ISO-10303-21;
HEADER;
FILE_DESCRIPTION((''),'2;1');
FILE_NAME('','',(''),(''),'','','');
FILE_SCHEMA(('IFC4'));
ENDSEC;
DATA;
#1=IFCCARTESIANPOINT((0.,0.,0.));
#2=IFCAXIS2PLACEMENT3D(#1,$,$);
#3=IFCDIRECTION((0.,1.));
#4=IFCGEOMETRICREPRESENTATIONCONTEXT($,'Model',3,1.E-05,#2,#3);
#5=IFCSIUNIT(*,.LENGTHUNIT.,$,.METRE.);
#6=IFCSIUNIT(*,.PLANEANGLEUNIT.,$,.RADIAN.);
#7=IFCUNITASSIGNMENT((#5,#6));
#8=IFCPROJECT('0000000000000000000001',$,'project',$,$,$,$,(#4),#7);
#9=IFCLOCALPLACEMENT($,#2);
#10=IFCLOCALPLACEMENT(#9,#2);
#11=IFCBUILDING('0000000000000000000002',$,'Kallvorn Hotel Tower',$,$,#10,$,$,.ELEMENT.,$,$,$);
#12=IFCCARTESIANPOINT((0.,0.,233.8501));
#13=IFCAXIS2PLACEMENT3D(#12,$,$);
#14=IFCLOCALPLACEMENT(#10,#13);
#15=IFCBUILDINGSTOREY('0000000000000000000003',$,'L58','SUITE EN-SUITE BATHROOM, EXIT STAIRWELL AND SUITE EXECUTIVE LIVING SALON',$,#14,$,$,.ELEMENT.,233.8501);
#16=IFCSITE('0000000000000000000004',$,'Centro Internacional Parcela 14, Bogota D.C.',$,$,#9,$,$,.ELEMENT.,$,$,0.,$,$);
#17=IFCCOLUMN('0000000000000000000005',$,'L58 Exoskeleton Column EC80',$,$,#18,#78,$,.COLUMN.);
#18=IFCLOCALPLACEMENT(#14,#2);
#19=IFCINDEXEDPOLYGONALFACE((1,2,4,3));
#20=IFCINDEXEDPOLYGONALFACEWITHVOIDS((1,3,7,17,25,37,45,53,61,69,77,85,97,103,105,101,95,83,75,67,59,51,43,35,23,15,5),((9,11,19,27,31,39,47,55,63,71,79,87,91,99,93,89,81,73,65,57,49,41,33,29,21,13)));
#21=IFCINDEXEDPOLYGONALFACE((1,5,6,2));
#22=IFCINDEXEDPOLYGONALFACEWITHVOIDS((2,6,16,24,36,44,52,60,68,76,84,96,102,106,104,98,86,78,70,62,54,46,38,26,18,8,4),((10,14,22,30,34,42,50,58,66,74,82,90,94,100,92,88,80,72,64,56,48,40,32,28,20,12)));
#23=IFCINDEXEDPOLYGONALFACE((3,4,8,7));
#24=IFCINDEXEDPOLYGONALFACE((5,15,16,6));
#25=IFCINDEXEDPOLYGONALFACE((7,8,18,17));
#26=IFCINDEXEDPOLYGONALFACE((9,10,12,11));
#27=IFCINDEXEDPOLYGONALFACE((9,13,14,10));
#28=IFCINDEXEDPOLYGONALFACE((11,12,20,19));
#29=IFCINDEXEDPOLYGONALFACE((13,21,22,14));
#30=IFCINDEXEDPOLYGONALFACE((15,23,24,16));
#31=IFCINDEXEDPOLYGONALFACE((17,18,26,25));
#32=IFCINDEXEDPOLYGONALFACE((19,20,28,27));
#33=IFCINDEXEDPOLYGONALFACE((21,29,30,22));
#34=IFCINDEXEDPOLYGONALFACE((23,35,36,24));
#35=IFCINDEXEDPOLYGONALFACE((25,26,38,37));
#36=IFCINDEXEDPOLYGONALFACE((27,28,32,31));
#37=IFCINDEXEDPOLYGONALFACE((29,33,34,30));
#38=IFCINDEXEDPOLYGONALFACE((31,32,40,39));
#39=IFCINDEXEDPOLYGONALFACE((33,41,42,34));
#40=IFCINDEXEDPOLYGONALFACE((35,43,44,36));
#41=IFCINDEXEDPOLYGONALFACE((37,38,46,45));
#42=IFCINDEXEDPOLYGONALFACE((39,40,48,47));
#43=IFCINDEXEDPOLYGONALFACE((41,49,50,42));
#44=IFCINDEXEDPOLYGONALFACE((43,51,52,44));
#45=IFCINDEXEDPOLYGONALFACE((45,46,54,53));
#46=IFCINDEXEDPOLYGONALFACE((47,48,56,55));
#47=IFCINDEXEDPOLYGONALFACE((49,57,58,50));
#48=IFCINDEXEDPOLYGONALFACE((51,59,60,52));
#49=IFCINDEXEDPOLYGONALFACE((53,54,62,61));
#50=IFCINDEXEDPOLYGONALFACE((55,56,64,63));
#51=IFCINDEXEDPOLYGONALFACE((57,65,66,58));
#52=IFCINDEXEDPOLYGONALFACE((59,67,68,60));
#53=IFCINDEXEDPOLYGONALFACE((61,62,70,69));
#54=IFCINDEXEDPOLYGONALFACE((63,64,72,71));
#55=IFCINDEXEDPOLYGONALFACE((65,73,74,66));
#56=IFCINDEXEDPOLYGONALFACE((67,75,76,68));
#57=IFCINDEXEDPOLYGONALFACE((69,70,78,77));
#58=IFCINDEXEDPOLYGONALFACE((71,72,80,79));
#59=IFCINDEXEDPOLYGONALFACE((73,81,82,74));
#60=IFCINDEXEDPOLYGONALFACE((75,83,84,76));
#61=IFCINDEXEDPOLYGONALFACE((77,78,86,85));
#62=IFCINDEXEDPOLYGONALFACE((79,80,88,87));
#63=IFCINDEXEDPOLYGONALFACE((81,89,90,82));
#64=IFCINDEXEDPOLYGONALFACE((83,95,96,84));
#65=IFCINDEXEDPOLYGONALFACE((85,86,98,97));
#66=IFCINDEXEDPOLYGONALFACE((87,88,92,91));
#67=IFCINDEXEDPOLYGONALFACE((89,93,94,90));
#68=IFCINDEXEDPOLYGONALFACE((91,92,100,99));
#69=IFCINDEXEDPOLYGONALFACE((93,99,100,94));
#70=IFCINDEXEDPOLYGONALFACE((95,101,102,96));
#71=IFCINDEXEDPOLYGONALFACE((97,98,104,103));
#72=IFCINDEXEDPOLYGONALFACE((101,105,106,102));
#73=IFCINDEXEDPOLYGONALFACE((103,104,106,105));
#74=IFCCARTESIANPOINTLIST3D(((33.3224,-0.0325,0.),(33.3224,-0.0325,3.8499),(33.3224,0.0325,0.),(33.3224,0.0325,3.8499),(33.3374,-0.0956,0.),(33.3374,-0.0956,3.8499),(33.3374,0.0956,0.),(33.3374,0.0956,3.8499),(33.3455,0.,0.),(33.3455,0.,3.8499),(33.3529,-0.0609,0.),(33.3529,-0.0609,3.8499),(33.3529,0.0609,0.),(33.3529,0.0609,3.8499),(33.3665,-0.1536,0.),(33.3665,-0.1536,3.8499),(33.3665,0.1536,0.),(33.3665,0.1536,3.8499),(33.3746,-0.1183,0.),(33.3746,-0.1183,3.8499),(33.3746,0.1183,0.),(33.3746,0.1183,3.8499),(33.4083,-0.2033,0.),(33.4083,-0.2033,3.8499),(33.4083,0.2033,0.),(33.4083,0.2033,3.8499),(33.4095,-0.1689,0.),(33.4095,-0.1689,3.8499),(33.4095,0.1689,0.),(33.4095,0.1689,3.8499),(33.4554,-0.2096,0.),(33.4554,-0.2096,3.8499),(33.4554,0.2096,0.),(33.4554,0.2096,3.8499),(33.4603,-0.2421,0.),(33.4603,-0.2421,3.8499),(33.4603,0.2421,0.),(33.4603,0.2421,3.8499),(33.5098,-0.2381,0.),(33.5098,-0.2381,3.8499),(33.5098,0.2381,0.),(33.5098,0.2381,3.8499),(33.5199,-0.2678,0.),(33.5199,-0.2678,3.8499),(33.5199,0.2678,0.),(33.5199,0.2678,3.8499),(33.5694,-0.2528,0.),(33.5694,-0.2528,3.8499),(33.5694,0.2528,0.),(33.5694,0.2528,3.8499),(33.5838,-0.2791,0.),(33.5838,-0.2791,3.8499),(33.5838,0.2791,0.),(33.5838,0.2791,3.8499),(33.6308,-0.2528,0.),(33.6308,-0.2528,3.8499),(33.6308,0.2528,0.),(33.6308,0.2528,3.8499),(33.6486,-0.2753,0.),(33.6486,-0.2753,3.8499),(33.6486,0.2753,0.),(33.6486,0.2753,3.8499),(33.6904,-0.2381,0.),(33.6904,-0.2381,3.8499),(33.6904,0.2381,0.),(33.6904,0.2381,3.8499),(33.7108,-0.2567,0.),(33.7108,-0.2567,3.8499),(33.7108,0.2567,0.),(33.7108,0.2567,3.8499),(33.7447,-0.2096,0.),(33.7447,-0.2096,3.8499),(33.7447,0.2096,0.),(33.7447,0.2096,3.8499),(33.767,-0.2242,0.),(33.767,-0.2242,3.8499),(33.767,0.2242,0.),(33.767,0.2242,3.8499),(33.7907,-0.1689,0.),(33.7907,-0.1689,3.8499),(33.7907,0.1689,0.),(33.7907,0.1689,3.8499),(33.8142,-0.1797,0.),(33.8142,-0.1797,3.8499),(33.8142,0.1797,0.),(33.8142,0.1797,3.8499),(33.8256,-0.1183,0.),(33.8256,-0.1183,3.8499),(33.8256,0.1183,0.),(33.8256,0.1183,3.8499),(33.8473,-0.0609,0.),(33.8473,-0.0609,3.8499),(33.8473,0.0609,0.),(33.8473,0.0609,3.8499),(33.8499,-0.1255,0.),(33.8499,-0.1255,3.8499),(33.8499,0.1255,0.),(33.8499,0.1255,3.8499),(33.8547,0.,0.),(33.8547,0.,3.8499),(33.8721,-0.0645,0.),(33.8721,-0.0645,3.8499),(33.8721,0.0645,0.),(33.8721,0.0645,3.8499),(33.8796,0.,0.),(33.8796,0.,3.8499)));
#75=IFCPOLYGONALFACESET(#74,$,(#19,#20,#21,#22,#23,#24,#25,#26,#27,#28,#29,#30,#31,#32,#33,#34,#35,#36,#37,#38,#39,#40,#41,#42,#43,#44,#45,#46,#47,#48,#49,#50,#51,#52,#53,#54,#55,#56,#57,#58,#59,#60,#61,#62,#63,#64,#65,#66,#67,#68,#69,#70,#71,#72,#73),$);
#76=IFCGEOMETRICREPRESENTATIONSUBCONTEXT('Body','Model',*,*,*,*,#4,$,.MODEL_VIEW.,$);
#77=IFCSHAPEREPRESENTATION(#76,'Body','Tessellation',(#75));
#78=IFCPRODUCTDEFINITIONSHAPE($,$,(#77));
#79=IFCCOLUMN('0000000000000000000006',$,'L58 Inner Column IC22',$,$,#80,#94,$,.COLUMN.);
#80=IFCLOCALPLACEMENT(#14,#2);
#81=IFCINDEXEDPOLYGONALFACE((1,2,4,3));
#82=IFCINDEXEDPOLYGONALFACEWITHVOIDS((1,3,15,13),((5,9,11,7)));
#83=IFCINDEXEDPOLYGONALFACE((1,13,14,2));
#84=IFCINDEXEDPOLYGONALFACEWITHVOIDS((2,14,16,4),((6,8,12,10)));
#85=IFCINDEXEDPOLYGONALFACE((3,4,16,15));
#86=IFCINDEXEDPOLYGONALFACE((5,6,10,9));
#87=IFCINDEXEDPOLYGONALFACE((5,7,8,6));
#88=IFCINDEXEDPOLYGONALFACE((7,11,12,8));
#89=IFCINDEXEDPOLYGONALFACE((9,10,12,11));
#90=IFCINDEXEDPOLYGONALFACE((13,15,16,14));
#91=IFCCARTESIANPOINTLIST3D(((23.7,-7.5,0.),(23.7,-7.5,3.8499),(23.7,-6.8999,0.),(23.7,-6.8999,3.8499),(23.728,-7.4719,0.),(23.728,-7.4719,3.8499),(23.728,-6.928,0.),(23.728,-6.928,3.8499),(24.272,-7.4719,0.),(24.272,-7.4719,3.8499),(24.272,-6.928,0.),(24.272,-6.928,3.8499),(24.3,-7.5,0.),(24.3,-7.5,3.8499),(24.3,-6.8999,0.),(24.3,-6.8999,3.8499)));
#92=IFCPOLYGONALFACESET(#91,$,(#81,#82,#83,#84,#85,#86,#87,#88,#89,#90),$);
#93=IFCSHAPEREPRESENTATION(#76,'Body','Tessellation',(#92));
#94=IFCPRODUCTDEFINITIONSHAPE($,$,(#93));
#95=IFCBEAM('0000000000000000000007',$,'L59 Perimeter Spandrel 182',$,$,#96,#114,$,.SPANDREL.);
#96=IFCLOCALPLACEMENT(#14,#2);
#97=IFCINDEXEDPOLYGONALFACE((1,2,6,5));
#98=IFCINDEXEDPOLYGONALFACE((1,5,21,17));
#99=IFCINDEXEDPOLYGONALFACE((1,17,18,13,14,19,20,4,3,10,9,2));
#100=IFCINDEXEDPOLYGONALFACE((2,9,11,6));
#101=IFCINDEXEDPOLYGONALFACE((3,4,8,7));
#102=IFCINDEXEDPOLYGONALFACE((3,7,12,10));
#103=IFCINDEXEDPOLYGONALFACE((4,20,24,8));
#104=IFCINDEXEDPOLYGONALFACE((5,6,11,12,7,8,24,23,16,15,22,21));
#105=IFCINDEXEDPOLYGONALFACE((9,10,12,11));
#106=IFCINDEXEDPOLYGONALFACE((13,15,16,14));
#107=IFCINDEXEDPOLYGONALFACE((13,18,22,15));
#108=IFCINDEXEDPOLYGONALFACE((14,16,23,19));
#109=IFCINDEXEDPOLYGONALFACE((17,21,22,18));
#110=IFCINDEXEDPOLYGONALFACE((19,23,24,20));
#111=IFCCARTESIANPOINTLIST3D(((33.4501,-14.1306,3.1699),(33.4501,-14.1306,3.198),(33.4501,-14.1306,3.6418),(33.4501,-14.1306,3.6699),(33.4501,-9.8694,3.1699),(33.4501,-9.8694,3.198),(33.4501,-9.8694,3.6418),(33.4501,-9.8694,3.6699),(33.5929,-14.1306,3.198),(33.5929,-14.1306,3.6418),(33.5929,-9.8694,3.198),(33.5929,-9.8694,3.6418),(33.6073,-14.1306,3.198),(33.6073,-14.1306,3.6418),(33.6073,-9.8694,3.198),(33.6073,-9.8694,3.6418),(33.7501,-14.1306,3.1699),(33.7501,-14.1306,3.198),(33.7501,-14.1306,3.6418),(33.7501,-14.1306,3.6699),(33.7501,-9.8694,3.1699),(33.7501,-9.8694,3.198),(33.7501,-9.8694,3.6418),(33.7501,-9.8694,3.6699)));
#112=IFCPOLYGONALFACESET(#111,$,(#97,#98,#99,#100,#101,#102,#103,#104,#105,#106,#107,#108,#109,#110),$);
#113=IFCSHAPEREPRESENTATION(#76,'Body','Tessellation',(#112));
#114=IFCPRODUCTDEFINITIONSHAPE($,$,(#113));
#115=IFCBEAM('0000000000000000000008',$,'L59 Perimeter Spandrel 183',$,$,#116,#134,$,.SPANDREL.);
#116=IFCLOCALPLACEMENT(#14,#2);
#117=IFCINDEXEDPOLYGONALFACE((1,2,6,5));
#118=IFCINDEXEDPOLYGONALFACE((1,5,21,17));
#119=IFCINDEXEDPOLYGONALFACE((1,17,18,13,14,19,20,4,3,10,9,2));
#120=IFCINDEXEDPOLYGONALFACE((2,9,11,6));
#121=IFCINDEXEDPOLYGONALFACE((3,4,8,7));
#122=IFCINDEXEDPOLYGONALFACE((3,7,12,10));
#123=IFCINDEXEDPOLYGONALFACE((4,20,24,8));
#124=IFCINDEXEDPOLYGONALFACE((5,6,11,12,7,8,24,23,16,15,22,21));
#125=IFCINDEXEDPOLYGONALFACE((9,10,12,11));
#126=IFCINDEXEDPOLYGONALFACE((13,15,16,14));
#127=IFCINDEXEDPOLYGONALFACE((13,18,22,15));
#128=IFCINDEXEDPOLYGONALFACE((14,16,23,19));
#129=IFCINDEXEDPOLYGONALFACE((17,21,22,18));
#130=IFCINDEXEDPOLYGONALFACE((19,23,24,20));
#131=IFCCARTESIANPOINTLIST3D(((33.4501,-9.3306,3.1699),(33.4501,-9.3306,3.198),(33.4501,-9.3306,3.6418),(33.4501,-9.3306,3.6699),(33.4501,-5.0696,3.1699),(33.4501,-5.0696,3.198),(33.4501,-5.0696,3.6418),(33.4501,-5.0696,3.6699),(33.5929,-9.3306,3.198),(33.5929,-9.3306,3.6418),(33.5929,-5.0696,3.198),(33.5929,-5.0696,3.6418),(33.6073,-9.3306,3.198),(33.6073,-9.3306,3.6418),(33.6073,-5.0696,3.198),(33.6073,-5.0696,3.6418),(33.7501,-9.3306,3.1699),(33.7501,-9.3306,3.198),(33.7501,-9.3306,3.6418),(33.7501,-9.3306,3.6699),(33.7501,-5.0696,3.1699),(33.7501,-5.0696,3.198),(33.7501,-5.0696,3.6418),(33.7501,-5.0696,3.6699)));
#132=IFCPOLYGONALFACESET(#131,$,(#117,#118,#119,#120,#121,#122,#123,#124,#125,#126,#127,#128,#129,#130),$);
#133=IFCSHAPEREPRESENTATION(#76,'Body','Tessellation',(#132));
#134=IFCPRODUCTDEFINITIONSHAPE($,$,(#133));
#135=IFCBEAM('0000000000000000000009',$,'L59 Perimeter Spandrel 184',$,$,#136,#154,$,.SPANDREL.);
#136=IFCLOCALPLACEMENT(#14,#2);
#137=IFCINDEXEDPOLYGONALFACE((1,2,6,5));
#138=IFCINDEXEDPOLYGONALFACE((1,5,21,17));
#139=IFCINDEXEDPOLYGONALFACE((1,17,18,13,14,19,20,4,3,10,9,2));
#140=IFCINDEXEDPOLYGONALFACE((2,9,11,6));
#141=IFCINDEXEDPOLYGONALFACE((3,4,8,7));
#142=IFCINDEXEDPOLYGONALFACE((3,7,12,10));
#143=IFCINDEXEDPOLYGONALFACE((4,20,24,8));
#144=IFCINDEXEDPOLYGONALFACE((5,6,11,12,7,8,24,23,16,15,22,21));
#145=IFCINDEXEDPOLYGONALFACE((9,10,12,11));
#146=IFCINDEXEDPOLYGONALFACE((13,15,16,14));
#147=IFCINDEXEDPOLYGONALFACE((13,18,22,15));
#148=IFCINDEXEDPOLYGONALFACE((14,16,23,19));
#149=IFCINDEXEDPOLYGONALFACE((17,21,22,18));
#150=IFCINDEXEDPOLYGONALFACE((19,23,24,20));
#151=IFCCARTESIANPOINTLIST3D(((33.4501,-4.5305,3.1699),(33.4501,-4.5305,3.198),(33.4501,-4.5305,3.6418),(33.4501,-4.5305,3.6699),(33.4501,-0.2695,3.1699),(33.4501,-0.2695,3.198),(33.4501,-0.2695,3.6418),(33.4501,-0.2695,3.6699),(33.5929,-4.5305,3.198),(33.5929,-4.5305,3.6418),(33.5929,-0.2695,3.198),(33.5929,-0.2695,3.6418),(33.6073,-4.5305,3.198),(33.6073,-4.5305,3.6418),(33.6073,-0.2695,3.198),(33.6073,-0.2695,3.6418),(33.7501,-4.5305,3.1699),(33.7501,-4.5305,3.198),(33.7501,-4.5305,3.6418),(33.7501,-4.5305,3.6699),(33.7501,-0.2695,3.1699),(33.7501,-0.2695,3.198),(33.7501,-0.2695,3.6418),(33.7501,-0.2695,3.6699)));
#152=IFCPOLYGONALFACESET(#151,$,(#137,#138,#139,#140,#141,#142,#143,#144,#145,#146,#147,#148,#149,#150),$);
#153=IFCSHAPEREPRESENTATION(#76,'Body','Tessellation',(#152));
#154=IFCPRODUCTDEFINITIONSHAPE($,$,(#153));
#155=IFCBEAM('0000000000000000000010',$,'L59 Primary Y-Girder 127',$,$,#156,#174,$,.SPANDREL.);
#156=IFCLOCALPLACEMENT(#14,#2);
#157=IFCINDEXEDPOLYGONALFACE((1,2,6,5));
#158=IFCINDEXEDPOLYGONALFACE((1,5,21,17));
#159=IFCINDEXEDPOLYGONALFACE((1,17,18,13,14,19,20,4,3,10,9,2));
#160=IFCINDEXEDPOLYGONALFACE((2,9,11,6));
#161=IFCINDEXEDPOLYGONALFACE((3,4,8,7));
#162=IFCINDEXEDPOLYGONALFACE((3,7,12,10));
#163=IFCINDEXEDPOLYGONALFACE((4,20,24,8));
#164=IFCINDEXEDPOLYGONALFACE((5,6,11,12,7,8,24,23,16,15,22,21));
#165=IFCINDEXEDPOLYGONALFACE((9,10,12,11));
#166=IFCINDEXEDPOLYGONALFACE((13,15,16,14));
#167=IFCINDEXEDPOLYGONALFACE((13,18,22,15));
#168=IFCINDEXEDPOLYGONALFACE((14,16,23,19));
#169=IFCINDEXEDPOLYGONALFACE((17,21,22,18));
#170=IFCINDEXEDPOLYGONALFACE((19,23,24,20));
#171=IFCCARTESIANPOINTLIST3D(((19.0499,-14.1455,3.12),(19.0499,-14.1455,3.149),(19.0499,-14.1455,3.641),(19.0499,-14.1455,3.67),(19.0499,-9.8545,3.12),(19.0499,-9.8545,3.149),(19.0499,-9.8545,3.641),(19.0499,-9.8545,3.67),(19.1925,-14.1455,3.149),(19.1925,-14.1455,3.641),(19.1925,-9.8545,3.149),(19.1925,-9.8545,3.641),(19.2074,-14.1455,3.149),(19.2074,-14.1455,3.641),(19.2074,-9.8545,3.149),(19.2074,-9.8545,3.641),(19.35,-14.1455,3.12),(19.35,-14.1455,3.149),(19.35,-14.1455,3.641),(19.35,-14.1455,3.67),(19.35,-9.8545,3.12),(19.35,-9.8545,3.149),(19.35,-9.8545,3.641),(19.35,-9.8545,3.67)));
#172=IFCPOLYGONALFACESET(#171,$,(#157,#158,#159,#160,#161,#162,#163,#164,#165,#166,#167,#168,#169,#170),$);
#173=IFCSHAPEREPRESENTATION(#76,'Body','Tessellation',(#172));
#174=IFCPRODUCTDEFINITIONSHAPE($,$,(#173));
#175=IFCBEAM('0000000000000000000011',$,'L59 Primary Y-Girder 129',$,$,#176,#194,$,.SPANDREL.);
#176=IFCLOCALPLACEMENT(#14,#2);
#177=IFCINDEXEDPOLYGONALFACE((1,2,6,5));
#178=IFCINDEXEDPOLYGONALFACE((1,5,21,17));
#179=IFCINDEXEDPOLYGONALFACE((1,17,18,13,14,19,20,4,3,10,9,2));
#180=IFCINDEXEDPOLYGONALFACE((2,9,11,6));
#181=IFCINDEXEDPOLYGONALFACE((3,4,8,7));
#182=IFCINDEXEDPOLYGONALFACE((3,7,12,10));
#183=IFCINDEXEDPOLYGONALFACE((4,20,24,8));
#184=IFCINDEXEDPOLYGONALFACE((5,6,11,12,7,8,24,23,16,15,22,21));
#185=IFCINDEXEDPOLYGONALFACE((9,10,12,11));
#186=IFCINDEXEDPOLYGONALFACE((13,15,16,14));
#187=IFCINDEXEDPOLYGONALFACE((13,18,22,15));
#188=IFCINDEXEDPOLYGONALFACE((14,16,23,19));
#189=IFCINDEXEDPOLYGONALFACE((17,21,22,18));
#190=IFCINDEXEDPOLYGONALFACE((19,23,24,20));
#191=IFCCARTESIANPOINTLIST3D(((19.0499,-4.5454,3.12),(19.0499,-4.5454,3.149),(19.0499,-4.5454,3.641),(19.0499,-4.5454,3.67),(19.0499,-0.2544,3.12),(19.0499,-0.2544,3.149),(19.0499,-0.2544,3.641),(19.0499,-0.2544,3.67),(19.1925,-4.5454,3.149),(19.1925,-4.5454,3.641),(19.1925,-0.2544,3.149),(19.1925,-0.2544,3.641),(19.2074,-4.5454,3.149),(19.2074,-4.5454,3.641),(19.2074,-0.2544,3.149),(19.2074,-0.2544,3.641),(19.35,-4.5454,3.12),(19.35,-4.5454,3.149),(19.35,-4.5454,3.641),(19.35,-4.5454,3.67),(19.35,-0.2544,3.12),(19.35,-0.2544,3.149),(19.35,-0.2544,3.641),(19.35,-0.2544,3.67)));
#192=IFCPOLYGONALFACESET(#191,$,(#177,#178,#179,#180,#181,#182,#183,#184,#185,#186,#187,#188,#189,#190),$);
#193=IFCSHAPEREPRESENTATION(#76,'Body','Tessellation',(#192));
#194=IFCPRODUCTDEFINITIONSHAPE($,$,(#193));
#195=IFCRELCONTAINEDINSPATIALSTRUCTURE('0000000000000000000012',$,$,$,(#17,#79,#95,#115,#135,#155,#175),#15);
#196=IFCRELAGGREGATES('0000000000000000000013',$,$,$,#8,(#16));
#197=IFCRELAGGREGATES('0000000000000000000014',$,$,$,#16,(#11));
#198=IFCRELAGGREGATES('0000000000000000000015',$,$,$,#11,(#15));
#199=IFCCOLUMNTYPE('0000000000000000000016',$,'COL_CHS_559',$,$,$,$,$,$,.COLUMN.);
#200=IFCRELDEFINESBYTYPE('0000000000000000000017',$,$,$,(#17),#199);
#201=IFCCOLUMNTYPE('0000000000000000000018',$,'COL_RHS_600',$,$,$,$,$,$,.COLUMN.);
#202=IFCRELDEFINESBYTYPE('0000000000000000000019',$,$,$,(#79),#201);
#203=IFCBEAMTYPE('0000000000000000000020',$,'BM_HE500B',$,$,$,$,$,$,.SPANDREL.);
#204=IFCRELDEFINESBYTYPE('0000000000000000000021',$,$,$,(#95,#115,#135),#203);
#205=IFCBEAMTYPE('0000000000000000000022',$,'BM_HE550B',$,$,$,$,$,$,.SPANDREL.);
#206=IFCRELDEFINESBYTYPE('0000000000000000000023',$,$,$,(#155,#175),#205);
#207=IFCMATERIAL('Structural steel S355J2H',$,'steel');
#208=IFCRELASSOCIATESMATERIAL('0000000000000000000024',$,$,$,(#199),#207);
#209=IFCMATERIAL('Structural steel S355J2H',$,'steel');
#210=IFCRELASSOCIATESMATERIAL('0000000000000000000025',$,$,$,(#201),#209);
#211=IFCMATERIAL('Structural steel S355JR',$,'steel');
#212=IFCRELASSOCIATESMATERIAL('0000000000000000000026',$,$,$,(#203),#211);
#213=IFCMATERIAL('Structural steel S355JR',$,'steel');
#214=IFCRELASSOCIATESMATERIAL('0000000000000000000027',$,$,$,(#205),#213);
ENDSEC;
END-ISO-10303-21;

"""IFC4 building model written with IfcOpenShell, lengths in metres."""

from ifc_helpers import new_model, si_unit, direction, frame, origin, origin_2d, place, context, subcontext, project, spatial, hollow_rectangle, hollow_circle, i_section, extrude, material, material_profile, profile_set, type_object, element, save


model = new_model("IFC4")

# Units and contexts
model_context = context("Model", 3, precision=1e-05, world=origin(), true_north=direction((0.0, 1.0)))
body_context = subcontext(model_context, "Body", "Model", "MODEL_VIEW")
ifc_project = project(units=[si_unit("LENGTHUNIT", "METRE"), si_unit("PLANEANGLEUNIT", "RADIAN")], contexts=[model_context])

# Site, building, storey
site_placement = place(None, origin())
site = spatial("IfcSite", under=ifc_project, at=site_placement, Name="Centro Internacional Parcela 14, Bogota D.C.", CompositionType="ELEMENT", RefElevation=0.0)
building_placement = place(site_placement, origin())
building = spatial("IfcBuilding", under=site, at=building_placement, Name="Kallvorn Hotel Tower", CompositionType="ELEMENT")
storey_placement = place(building_placement, frame((0.0, 0.0, 233.8501)))
storey = spatial("IfcBuildingStorey", under=building, at=storey_placement, Name="L58", Description="SUITE EN-SUITE BATHROOM, EXIT STAIRWELL AND SUITE EXECUTIVE LIVING SALON", CompositionType="ELEMENT", Elevation=233.8501)

# Columns
ifc_material_1 = material(Name="Structural steel S355J2H", Category="steel")
ifc_material_profile_1 = material_profile(ifc_material_1, hollow_circle(Radius=0.2795, WallThickness=0.0249, at=origin_2d()), Name="CHS 559x25")
ifc_profile_set_1 = profile_set([ifc_material_profile_1], Name="Structural steel S355J2H")
column_type_1 = type_object("IfcColumnType", Name="COL_CHS_559", PredefinedType="COLUMN", material=ifc_profile_set_1)
for number, where, z_axis, x_axis, name in (
    (1, (33.6001, 0.0, 0.0), (0.0, 0.0, 1.0), (1.0, 0.0, 0.0), "L58 Exoskeleton Column EC80"),
):
    element("IfcColumn", number, at=place(storey_placement, frame(where, z_axis=z_axis, x_axis=x_axis)), inside=storey, type_object=column_type_1, Name=name, PredefinedType="COLUMN", context=body_context, shape_type="SweptSolid", body=[
        extrude(hollow_circle(Radius=0.2795, WallThickness=0.0249, at=origin_2d()), origin(), (0.0, 0.0, 1.0), 3.8499),
    ])
ifc_material_2 = material(Name="Structural steel S355J2H", Category="steel")
ifc_material_profile_2 = material_profile(ifc_material_2, hollow_rectangle(XDim=0.6001, YDim=0.6001, WallThickness=0.0281, at=origin_2d()), Name="RHS 600x600x28")
ifc_profile_set_2 = profile_set([ifc_material_profile_2], Name="Structural steel S355J2H")
column_type_2 = type_object("IfcColumnType", Name="COL_RHS_600", PredefinedType="COLUMN", material=ifc_profile_set_2)
column_placement = place(storey_placement, frame((24.0, -7.2, 0.0), z_axis=(0.0, 0.0, 1.0), x_axis=(1.0, 0.0, 0.0)))
element("IfcColumn", 2, at=column_placement, inside=storey, type_object=column_type_2, Name="L58 Inner Column IC22", PredefinedType="COLUMN", context=body_context, shape_type="SweptSolid", body=[
    extrude(hollow_rectangle(XDim=0.6001, YDim=0.6001, WallThickness=0.0281, at=origin_2d()), origin(), (0.0, 0.0, 1.0), 3.8499),
])

# Beams
ifc_material_3 = material(Name="Structural steel S355JR", Category="steel")
ifc_material_profile_3 = material_profile(ifc_material_3, i_section(OverallWidth=0.3, OverallDepth=0.5, WebThickness=0.0144, FlangeThickness=0.0281, at=origin_2d()), Name="HE 500 B")
ifc_profile_set_3 = profile_set([ifc_material_profile_3], Name="Structural steel S355JR")
beam_type_1 = type_object("IfcBeamType", Name="BM_HE500B", PredefinedType="SPANDREL", material=ifc_profile_set_3)
beam_1_placement = place(storey_placement, frame((33.6001, -14.1306, 3.4199), z_axis=(0.0, 1.0, 0.0), x_axis=(-1.0, 0.0, 0.0)))
element("IfcBeam", 3, at=beam_1_placement, inside=storey, type_object=beam_type_1, Name="L59 Perimeter Spandrel 182", PredefinedType="SPANDREL", context=body_context, shape_type="SweptSolid", body=[
    extrude(i_section(OverallWidth=0.3, OverallDepth=0.5, WebThickness=0.0144, FlangeThickness=0.0281, at=origin_2d()), origin(), (0.0, 0.0, 1.0), 4.2612),
])
for number, where, z_axis, x_axis, name in (
    (4, (33.6001, -9.3306, 3.4199), (0.0, 1.0, 0.0), (-1.0, 0.0, 0.0), "L59 Perimeter Spandrel 183"),
    (5, (33.6001, -4.5305, 3.4199), (0.0, 1.0, 0.0), (-1.0, 0.0, 0.0), "L59 Perimeter Spandrel 184"),
):
    element("IfcBeam", number, at=place(storey_placement, frame(where, z_axis=z_axis, x_axis=x_axis)), inside=storey, type_object=beam_type_1, Name=name, PredefinedType="SPANDREL", context=body_context, shape_type="SweptSolid", body=[
        extrude(i_section(OverallWidth=0.3, OverallDepth=0.5, WebThickness=0.0144, FlangeThickness=0.0281, at=origin_2d()), origin(), (0.0, 0.0, 1.0), 4.261),
    ])
ifc_material_4 = material(Name="Structural steel S355JR", Category="steel")
ifc_material_profile_4 = material_profile(ifc_material_4, i_section(OverallWidth=0.3, OverallDepth=0.55, WebThickness=0.0149, FlangeThickness=0.0291, at=origin_2d()), Name="HE 550 B")
ifc_profile_set_4 = profile_set([ifc_material_profile_4], Name="Structural steel S355JR")
beam_type_2 = type_object("IfcBeamType", Name="BM_HE550B", PredefinedType="SPANDREL", material=ifc_profile_set_4)
for number, where, z_axis, x_axis, name in (
    (6, (19.2, -14.1455, 3.395), (0.0, 1.0, 0.0), (-1.0, 0.0, 0.0), "L59 Primary Y-Girder 127"),
    (7, (19.2, -4.5454, 3.395), (0.0, 1.0, 0.0), (-1.0, 0.0, 0.0), "L59 Primary Y-Girder 129"),
):
    element("IfcBeam", number, at=place(storey_placement, frame(where, z_axis=z_axis, x_axis=x_axis)), inside=storey, type_object=beam_type_2, Name=name, PredefinedType="SPANDREL", context=body_context, shape_type="SweptSolid", body=[
        extrude(i_section(OverallWidth=0.3, OverallDepth=0.55, WebThickness=0.0149, FlangeThickness=0.0291, at=origin_2d()), origin(), (0.0, 0.0, 1.0), 4.291),
    ])

save(model, "model.ifc")
